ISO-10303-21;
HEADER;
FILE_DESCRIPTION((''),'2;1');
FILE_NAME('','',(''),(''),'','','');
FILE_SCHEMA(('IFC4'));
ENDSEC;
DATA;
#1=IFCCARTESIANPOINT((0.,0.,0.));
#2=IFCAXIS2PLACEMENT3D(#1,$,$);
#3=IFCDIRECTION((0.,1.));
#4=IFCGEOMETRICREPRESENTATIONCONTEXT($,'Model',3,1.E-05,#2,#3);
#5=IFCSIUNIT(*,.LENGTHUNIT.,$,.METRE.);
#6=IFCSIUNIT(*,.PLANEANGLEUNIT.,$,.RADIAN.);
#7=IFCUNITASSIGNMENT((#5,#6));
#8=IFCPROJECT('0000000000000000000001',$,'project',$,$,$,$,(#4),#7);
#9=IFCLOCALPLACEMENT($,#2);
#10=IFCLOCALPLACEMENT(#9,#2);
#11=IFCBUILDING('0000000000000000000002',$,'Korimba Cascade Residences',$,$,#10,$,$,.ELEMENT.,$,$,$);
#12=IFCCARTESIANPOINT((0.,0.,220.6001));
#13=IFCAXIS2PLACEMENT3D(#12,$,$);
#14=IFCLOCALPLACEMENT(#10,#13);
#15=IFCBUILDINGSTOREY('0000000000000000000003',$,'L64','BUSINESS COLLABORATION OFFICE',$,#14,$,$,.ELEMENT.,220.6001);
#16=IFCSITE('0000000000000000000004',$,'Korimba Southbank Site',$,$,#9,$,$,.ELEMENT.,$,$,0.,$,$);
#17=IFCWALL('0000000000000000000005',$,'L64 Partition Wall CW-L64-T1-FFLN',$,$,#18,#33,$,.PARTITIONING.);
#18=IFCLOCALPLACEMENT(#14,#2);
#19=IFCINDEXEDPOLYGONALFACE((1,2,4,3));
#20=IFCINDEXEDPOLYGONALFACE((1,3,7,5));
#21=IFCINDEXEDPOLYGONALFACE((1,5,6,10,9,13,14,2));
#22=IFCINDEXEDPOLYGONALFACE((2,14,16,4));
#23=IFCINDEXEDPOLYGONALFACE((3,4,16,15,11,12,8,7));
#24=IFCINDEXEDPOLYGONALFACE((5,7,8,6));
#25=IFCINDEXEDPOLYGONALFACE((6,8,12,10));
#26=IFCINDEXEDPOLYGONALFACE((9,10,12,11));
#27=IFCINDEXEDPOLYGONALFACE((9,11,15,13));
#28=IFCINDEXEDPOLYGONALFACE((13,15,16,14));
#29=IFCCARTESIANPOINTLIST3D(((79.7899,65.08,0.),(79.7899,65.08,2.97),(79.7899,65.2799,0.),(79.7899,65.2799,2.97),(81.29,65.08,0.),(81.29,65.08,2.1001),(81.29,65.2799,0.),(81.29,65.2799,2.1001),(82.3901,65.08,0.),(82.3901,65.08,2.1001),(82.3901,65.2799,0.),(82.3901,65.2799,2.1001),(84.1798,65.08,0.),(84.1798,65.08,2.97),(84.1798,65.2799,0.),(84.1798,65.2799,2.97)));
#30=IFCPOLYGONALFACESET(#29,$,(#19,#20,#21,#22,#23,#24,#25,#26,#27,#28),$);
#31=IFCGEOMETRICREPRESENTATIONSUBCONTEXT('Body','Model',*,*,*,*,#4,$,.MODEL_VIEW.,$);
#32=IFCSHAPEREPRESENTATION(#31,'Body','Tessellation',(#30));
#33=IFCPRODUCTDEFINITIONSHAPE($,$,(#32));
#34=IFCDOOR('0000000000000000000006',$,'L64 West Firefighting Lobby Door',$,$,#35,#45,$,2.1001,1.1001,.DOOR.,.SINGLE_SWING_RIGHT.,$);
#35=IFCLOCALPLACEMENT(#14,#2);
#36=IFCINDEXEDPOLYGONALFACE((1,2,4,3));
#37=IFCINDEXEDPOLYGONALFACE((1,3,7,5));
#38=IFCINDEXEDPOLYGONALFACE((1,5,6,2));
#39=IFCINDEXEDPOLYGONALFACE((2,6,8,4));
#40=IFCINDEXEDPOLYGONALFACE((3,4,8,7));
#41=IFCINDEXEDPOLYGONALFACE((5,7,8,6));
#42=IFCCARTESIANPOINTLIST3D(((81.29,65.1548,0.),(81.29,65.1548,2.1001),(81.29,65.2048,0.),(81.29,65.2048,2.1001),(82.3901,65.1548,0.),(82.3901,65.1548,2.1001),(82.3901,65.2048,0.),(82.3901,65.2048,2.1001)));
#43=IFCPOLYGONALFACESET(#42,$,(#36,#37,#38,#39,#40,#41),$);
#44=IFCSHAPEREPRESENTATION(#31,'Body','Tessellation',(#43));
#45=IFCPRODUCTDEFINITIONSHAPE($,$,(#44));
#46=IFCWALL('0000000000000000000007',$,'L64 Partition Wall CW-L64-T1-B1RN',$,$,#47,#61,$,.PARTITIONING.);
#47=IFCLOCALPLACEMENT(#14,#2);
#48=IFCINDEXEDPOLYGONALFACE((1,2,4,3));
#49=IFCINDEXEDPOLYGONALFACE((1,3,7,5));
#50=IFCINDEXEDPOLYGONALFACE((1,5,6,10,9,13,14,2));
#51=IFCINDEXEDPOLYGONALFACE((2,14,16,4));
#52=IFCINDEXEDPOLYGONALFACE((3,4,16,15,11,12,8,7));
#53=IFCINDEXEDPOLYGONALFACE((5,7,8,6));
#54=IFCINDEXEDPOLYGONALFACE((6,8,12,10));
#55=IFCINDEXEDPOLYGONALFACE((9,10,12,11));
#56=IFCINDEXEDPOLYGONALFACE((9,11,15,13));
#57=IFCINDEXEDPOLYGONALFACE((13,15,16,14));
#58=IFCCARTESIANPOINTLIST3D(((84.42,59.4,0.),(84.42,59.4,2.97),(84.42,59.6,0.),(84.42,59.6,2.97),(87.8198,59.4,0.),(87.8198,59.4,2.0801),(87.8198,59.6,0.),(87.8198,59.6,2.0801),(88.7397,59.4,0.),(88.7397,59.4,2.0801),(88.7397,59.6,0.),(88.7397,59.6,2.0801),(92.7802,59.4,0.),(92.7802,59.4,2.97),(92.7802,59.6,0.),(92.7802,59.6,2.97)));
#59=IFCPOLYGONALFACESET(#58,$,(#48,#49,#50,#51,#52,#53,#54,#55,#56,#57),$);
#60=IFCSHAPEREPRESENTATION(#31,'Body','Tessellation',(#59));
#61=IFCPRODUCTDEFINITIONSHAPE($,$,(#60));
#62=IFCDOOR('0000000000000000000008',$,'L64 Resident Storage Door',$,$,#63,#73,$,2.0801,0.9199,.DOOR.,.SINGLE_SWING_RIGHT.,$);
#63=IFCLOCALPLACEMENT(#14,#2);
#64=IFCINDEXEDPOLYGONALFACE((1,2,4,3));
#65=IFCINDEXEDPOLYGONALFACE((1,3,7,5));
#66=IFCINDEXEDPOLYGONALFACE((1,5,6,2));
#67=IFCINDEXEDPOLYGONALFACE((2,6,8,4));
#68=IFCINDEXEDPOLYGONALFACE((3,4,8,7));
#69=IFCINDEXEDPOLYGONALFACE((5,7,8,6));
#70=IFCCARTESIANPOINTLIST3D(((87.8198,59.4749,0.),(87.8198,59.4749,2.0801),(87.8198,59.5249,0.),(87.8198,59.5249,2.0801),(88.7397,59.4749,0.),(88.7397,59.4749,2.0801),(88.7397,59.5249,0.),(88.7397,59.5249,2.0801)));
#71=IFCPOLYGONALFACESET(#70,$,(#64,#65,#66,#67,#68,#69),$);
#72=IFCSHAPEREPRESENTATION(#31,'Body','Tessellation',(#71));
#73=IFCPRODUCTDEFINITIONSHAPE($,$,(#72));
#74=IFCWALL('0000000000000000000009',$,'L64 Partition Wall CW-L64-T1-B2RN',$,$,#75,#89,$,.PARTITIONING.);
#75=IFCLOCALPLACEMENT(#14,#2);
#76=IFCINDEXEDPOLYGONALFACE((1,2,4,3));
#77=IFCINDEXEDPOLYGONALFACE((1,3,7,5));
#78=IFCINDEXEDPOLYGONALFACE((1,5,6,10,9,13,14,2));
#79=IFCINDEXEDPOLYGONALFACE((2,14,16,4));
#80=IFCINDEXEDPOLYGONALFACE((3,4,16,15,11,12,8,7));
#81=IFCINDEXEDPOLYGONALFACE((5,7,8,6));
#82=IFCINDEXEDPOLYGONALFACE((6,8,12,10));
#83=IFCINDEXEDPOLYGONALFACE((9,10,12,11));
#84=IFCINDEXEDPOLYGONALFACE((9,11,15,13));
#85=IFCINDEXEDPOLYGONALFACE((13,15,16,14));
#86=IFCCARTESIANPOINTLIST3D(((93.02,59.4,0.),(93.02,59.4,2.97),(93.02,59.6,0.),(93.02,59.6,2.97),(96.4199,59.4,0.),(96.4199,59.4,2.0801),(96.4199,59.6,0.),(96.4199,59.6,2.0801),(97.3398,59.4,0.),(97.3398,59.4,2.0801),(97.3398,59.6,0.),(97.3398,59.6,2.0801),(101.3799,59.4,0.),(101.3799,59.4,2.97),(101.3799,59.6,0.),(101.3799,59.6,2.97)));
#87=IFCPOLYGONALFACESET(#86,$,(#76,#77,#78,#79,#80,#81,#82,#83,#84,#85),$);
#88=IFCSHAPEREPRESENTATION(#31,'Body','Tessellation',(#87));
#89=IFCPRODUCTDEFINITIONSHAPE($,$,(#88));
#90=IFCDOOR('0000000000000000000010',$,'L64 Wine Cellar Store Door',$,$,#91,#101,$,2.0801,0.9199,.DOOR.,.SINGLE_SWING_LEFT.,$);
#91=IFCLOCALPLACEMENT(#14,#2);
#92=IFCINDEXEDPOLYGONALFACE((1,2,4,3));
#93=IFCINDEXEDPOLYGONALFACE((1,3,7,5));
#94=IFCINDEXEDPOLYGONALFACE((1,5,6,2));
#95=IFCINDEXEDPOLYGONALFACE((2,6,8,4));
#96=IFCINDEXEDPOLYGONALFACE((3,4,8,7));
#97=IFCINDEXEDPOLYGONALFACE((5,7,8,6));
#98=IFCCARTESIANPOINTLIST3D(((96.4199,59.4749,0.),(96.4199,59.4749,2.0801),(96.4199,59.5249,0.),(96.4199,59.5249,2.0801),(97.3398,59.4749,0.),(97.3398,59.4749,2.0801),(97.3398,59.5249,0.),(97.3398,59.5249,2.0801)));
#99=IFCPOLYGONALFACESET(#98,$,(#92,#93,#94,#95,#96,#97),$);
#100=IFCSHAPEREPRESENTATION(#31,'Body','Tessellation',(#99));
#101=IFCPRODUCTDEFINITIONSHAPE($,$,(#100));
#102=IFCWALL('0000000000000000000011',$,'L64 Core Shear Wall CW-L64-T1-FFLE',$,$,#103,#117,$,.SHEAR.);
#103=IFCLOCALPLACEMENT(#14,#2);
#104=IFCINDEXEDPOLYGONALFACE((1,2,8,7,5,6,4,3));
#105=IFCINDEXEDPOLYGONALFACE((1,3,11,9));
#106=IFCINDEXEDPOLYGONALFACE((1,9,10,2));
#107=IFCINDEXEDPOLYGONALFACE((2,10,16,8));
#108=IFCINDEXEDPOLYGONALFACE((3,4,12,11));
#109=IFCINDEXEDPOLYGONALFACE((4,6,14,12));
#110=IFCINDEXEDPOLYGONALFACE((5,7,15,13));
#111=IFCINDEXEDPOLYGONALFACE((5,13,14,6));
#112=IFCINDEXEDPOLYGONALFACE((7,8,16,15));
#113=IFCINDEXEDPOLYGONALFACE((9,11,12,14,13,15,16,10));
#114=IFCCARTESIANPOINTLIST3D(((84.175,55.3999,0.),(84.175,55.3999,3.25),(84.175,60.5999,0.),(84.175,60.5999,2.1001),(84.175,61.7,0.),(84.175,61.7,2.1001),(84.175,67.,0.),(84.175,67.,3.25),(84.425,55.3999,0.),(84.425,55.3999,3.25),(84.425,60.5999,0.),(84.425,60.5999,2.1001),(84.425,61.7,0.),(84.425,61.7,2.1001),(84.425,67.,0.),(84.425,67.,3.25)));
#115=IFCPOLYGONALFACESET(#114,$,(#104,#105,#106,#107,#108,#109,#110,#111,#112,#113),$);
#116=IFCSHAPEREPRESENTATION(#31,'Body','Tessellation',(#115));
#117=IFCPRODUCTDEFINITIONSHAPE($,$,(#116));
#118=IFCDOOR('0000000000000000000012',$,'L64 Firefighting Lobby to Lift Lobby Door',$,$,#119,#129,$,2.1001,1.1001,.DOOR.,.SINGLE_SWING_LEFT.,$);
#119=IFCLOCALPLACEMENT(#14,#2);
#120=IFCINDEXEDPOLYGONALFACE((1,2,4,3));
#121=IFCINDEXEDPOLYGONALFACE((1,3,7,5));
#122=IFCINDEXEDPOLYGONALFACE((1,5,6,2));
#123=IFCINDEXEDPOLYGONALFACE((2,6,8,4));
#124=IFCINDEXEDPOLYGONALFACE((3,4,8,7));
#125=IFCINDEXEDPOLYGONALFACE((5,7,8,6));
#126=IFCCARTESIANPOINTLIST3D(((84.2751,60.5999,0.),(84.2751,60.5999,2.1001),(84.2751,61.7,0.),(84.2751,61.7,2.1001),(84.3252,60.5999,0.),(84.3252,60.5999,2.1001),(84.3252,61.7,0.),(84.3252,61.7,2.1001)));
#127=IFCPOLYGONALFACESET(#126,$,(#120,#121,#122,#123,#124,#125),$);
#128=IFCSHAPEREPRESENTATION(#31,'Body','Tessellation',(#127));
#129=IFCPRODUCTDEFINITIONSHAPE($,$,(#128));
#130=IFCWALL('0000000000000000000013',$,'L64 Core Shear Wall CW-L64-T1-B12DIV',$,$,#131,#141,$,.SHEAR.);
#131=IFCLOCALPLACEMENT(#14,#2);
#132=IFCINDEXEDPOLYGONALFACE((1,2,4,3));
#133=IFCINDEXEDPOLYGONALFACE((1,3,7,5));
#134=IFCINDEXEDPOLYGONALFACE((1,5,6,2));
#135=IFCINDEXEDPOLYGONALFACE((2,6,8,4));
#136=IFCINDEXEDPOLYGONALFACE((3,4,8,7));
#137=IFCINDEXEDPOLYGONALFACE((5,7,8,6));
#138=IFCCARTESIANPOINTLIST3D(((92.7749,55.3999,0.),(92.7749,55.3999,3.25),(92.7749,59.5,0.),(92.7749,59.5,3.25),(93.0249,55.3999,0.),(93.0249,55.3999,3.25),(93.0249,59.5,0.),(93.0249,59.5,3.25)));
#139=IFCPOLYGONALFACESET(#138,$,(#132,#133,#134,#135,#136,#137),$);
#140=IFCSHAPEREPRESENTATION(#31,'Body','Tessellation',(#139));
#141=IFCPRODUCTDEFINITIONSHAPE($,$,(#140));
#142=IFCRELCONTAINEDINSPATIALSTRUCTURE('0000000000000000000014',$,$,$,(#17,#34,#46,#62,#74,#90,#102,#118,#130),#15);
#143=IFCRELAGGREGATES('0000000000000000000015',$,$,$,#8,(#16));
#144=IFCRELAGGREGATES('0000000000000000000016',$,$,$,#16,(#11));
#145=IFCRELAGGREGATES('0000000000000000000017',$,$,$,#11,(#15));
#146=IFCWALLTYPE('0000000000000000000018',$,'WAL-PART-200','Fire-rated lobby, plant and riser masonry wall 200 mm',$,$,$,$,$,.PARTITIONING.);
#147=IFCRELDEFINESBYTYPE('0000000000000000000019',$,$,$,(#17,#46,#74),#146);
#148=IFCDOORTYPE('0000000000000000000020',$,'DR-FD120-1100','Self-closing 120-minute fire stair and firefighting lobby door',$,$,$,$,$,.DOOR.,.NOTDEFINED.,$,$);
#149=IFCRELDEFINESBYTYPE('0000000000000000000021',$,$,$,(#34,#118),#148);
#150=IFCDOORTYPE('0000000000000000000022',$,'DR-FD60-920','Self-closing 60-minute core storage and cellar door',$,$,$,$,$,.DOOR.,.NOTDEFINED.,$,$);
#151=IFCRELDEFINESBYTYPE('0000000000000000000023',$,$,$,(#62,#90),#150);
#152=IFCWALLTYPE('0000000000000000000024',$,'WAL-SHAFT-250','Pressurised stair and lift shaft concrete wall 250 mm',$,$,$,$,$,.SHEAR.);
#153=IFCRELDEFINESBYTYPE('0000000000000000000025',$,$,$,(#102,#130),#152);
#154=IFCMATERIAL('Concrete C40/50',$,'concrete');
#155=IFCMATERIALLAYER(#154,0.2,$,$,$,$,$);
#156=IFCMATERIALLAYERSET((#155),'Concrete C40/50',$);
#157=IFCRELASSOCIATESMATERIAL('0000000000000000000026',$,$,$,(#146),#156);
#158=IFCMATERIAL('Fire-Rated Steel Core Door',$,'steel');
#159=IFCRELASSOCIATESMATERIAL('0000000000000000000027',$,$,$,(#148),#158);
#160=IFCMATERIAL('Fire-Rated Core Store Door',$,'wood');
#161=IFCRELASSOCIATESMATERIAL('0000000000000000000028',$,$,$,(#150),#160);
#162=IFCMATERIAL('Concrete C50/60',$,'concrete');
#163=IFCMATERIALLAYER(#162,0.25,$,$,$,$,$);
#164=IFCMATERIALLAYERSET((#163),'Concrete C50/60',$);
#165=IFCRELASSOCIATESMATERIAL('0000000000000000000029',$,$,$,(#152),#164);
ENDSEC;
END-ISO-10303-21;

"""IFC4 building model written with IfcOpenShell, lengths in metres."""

from ifc_helpers import new_model, si_unit, direction, frame, frame_2d, origin, place, context, subcontext, project, spatial, rectangle, extrude, material, layer, layer_set, type_object, element, fill, save


model = new_model("IFC4")

# Units and contexts
model_context = context("Model", 3, precision=1e-05, world=origin(), true_north=direction((0.0, 1.0)))
body_context = subcontext(model_context, "Body", "Model", "MODEL_VIEW")
ifc_project = project(units=[si_unit("LENGTHUNIT", "METRE"), si_unit("PLANEANGLEUNIT", "RADIAN")], contexts=[model_context])

# Site, building, storey
site_placement = place(None, origin())
site = spatial("IfcSite", under=ifc_project, at=site_placement, Name="Korimba Southbank Site", CompositionType="ELEMENT", RefElevation=0.0)
building_placement = place(site_placement, origin())
building = spatial("IfcBuilding", under=site, at=building_placement, Name="Korimba Cascade Residences", CompositionType="ELEMENT")
storey_placement = place(building_placement, frame((0.0, 0.0, 220.6001)))
storey = spatial("IfcBuildingStorey", under=building, at=storey_placement, Name="L64", Description="BUSINESS COLLABORATION OFFICE", CompositionType="ELEMENT", Elevation=220.6001)

# Shared definitions
ifc_material_1 = material(Name="Concrete C40/50", Category="concrete")
ifc_layer_1 = layer(ifc_material_1, 0.2)
ifc_layer_set_1 = layer_set([ifc_layer_1], Name="Concrete C40/50")
wall_type_1 = type_object("IfcWallType", Name="WAL-PART-200", Description="Fire-rated lobby, plant and riser masonry wall 200 mm", PredefinedType="PARTITIONING", material=ifc_layer_set_1)

# Walls, openings, doors
wall_1_placement = place(storey_placement, frame((79.79, 65.1799, 0.0), z_axis=(0.0, 0.0, 1.0), x_axis=(1.0, 0.0, 0.0)))
wall_1 = element("IfcWall", 1, at=wall_1_placement, inside=storey, type_object=wall_type_1, Name="L64 Partition Wall CW-L64-T1-FFLN", PredefinedType="PARTITIONING", context=body_context, shape_type="SweptSolid", body=[
    extrude(rectangle(XDim=4.3899, YDim=0.2, at=frame_2d((2.1948, 0.0))), origin(), (0.0, 0.0, 1.0), 2.97),
])
opening_1_placement = place(wall_1_placement, frame((1.5, 0.0, 0.0)))
opening_1 = element("IfcOpeningElement", 2, at=opening_1_placement, cuts=wall_1, PredefinedType="OPENING", context=body_context, shape_type="SweptSolid", body=[
    extrude(rectangle(XDim=1.1001, YDim=2.1001, at=frame_2d((0.55, 1.05))), frame((0.0, 0.1099, 0.0), z_axis=(0.0, -1.0, 0.0), x_axis=(1.0, 0.0, 0.0)), (0.0, 0.0, 1.0), 0.22),
])
ifc_material_2 = material(Name="Fire-Rated Steel Core Door", Category="steel")
door_type_1 = type_object("IfcDoorType", Name="DR-FD120-1100", Description="Self-closing 120-minute fire stair and firefighting lobby door", OperationType="NOTDEFINED", PredefinedType="DOOR", material=ifc_material_2)
door_1_placement = place(opening_1_placement, origin())
door_1 = element("IfcDoor", 3, at=door_1_placement, inside=storey, type_object=door_type_1, Name="L64 West Firefighting Lobby Door", OperationType="SINGLE_SWING_RIGHT", OverallHeight=2.1001, OverallWidth=1.1001, PredefinedType="DOOR", context=body_context, shape_type="SweptSolid", body=[
    extrude(rectangle(XDim=1.1001, YDim=2.1001, at=frame_2d((0.55, 1.05))), frame((0.0, 0.0249, 0.0), z_axis=(0.0, -1.0, 0.0), x_axis=(1.0, 0.0, 0.0)), (0.0, 0.0, 1.0), 0.05),
])
fill(opening_1, door_1)
wall_2_placement = place(storey_placement, frame((84.4199, 59.5, 0.0), z_axis=(0.0, 0.0, 1.0), x_axis=(1.0, 0.0, 0.0)))
wall_2 = element("IfcWall", 4, at=wall_2_placement, inside=storey, type_object=wall_type_1, Name="L64 Partition Wall CW-L64-T1-B1RN", PredefinedType="PARTITIONING", context=body_context, shape_type="SweptSolid", body=[
    extrude(rectangle(XDim=8.3601, YDim=0.2, at=frame_2d((4.1802, 0.0))), origin(), (0.0, 0.0, 1.0), 2.97),
])
opening_2_placement = place(wall_2_placement, frame((3.3999, 0.0, 0.0)))
opening_2 = element("IfcOpeningElement", 5, at=opening_2_placement, cuts=wall_2, PredefinedType="OPENING", context=body_context, shape_type="SweptSolid", body=[
    extrude(rectangle(XDim=0.9199, YDim=2.0801, at=frame_2d((0.46, 1.04))), frame((0.0, 0.1099, 0.0), z_axis=(0.0, -1.0, 0.0), x_axis=(1.0, 0.0, 0.0)), (0.0, 0.0, 1.0), 0.22),
])
ifc_material_3 = material(Name="Fire-Rated Core Store Door", Category="wood")
door_type_2 = type_object("IfcDoorType", Name="DR-FD60-920", Description="Self-closing 60-minute core storage and cellar door", OperationType="NOTDEFINED", PredefinedType="DOOR", material=ifc_material_3)
door_2_placement = place(opening_2_placement, origin())
door_2 = element("IfcDoor", 6, at=door_2_placement, inside=storey, type_object=door_type_2, Name="L64 Resident Storage Door", OperationType="SINGLE_SWING_RIGHT", OverallHeight=2.0801, OverallWidth=0.9199, PredefinedType="DOOR", context=body_context, shape_type="SweptSolid", body=[
    extrude(rectangle(XDim=0.9199, YDim=2.0801, at=frame_2d((0.46, 1.04))), frame((0.0, 0.0249, 0.0), z_axis=(0.0, -1.0, 0.0), x_axis=(1.0, 0.0, 0.0)), (0.0, 0.0, 1.0), 0.05),
])
fill(opening_2, door_2)
wall_3_placement = place(storey_placement, frame((93.02, 59.5, 0.0), z_axis=(0.0, 0.0, 1.0), x_axis=(1.0, 0.0, 0.0)))
wall_3 = element("IfcWall", 7, at=wall_3_placement, inside=storey, type_object=wall_type_1, Name="L64 Partition Wall CW-L64-T1-B2RN", PredefinedType="PARTITIONING", context=body_context, shape_type="SweptSolid", body=[
    extrude(rectangle(XDim=8.3599, YDim=0.2, at=frame_2d((4.1799, 0.0))), origin(), (0.0, 0.0, 1.0), 2.97),
])
opening_3_placement = place(wall_3_placement, frame((3.3999, 0.0, 0.0)))
opening_3 = element("IfcOpeningElement", 8, at=opening_3_placement, cuts=wall_3, PredefinedType="OPENING", context=body_context, shape_type="SweptSolid", body=[
    extrude(rectangle(XDim=0.9199, YDim=2.0801, at=frame_2d((0.46, 1.04))), frame((0.0, 0.1099, 0.0), z_axis=(0.0, -1.0, 0.0), x_axis=(1.0, 0.0, 0.0)), (0.0, 0.0, 1.0), 0.22),
])
door_3_placement = place(opening_3_placement, origin())
door_3 = element("IfcDoor", 9, at=door_3_placement, inside=storey, type_object=door_type_2, Name="L64 Wine Cellar Store Door", OperationType="SINGLE_SWING_LEFT", OverallHeight=2.0801, OverallWidth=0.9199, PredefinedType="DOOR", context=body_context, shape_type="SweptSolid", body=[
    extrude(rectangle(XDim=0.9199, YDim=2.0801, at=frame_2d((0.46, 1.04))), frame((0.0, 0.0249, 0.0), z_axis=(0.0, -1.0, 0.0), x_axis=(1.0, 0.0, 0.0)), (0.0, 0.0, 1.0), 0.05),
])
fill(opening_3, door_3)

# Wall, opening, door
ifc_material_4 = material(Name="Concrete C50/60", Category="concrete")
ifc_layer_2 = layer(ifc_material_4, 0.25)
ifc_layer_set_2 = layer_set([ifc_layer_2], Name="Concrete C50/60")
wall_type_2 = type_object("IfcWallType", Name="WAL-SHAFT-250", Description="Pressurised stair and lift shaft concrete wall 250 mm", PredefinedType="SHEAR", material=ifc_layer_set_2)
wall_4_placement = place(storey_placement, frame((84.3, 55.3999, 0.0), z_axis=(0.0, 0.0, 1.0), x_axis=(0.0, 1.0, 0.0)))
wall_4 = element("IfcWall", 10, at=wall_4_placement, inside=storey, type_object=wall_type_2, Name="L64 Core Shear Wall CW-L64-T1-FFLE", PredefinedType="SHEAR", context=body_context, shape_type="SweptSolid", body=[
    extrude(rectangle(XDim=11.6001, YDim=0.25, at=frame_2d((5.8, 0.0))), origin(), (0.0, 0.0, 1.0), 3.25),
])
opening_4_placement = place(wall_4_placement, frame((5.2, 0.0, 0.0)))
opening_4 = element("IfcOpeningElement", 11, at=opening_4_placement, cuts=wall_4, PredefinedType="OPENING", context=body_context, shape_type="SweptSolid", body=[
    extrude(rectangle(XDim=1.1001, YDim=2.1001, at=frame_2d((0.55, 1.05))), frame((0.0, 0.135, 0.0), z_axis=(0.0, -1.0, 0.0), x_axis=(1.0, 0.0, 0.0)), (0.0, 0.0, 1.0), 0.27),
])
door_4_placement = place(opening_4_placement, origin())
door_4 = element("IfcDoor", 12, at=door_4_placement, inside=storey, type_object=door_type_1, Name="L64 Firefighting Lobby to Lift Lobby Door", OperationType="SINGLE_SWING_LEFT", OverallHeight=2.1001, OverallWidth=1.1001, PredefinedType="DOOR", context=body_context, shape_type="SweptSolid", body=[
    extrude(rectangle(XDim=1.1001, YDim=2.1001, at=frame_2d((0.55, 1.05))), frame((0.0, 0.0249, 0.0), z_axis=(0.0, -1.0, 0.0), x_axis=(1.0, 0.0, 0.0)), (0.0, 0.0, 1.0), 0.05),
])
fill(opening_4, door_4)

# Wall
wall_5_placement = place(storey_placement, frame((92.8999, 55.3999, 0.0), z_axis=(0.0, 0.0, 1.0), x_axis=(0.0, 1.0, 0.0)))
element("IfcWall", 13, at=wall_5_placement, inside=storey, type_object=wall_type_2, Name="L64 Core Shear Wall CW-L64-T1-B12DIV", PredefinedType="SHEAR", context=body_context, shape_type="SweptSolid", body=[
    extrude(rectangle(XDim=4.1001, YDim=0.25, at=frame_2d((2.05, 0.0))), origin(), (0.0, 0.0, 1.0), 3.25),
])

save(model, "model.ifc")
